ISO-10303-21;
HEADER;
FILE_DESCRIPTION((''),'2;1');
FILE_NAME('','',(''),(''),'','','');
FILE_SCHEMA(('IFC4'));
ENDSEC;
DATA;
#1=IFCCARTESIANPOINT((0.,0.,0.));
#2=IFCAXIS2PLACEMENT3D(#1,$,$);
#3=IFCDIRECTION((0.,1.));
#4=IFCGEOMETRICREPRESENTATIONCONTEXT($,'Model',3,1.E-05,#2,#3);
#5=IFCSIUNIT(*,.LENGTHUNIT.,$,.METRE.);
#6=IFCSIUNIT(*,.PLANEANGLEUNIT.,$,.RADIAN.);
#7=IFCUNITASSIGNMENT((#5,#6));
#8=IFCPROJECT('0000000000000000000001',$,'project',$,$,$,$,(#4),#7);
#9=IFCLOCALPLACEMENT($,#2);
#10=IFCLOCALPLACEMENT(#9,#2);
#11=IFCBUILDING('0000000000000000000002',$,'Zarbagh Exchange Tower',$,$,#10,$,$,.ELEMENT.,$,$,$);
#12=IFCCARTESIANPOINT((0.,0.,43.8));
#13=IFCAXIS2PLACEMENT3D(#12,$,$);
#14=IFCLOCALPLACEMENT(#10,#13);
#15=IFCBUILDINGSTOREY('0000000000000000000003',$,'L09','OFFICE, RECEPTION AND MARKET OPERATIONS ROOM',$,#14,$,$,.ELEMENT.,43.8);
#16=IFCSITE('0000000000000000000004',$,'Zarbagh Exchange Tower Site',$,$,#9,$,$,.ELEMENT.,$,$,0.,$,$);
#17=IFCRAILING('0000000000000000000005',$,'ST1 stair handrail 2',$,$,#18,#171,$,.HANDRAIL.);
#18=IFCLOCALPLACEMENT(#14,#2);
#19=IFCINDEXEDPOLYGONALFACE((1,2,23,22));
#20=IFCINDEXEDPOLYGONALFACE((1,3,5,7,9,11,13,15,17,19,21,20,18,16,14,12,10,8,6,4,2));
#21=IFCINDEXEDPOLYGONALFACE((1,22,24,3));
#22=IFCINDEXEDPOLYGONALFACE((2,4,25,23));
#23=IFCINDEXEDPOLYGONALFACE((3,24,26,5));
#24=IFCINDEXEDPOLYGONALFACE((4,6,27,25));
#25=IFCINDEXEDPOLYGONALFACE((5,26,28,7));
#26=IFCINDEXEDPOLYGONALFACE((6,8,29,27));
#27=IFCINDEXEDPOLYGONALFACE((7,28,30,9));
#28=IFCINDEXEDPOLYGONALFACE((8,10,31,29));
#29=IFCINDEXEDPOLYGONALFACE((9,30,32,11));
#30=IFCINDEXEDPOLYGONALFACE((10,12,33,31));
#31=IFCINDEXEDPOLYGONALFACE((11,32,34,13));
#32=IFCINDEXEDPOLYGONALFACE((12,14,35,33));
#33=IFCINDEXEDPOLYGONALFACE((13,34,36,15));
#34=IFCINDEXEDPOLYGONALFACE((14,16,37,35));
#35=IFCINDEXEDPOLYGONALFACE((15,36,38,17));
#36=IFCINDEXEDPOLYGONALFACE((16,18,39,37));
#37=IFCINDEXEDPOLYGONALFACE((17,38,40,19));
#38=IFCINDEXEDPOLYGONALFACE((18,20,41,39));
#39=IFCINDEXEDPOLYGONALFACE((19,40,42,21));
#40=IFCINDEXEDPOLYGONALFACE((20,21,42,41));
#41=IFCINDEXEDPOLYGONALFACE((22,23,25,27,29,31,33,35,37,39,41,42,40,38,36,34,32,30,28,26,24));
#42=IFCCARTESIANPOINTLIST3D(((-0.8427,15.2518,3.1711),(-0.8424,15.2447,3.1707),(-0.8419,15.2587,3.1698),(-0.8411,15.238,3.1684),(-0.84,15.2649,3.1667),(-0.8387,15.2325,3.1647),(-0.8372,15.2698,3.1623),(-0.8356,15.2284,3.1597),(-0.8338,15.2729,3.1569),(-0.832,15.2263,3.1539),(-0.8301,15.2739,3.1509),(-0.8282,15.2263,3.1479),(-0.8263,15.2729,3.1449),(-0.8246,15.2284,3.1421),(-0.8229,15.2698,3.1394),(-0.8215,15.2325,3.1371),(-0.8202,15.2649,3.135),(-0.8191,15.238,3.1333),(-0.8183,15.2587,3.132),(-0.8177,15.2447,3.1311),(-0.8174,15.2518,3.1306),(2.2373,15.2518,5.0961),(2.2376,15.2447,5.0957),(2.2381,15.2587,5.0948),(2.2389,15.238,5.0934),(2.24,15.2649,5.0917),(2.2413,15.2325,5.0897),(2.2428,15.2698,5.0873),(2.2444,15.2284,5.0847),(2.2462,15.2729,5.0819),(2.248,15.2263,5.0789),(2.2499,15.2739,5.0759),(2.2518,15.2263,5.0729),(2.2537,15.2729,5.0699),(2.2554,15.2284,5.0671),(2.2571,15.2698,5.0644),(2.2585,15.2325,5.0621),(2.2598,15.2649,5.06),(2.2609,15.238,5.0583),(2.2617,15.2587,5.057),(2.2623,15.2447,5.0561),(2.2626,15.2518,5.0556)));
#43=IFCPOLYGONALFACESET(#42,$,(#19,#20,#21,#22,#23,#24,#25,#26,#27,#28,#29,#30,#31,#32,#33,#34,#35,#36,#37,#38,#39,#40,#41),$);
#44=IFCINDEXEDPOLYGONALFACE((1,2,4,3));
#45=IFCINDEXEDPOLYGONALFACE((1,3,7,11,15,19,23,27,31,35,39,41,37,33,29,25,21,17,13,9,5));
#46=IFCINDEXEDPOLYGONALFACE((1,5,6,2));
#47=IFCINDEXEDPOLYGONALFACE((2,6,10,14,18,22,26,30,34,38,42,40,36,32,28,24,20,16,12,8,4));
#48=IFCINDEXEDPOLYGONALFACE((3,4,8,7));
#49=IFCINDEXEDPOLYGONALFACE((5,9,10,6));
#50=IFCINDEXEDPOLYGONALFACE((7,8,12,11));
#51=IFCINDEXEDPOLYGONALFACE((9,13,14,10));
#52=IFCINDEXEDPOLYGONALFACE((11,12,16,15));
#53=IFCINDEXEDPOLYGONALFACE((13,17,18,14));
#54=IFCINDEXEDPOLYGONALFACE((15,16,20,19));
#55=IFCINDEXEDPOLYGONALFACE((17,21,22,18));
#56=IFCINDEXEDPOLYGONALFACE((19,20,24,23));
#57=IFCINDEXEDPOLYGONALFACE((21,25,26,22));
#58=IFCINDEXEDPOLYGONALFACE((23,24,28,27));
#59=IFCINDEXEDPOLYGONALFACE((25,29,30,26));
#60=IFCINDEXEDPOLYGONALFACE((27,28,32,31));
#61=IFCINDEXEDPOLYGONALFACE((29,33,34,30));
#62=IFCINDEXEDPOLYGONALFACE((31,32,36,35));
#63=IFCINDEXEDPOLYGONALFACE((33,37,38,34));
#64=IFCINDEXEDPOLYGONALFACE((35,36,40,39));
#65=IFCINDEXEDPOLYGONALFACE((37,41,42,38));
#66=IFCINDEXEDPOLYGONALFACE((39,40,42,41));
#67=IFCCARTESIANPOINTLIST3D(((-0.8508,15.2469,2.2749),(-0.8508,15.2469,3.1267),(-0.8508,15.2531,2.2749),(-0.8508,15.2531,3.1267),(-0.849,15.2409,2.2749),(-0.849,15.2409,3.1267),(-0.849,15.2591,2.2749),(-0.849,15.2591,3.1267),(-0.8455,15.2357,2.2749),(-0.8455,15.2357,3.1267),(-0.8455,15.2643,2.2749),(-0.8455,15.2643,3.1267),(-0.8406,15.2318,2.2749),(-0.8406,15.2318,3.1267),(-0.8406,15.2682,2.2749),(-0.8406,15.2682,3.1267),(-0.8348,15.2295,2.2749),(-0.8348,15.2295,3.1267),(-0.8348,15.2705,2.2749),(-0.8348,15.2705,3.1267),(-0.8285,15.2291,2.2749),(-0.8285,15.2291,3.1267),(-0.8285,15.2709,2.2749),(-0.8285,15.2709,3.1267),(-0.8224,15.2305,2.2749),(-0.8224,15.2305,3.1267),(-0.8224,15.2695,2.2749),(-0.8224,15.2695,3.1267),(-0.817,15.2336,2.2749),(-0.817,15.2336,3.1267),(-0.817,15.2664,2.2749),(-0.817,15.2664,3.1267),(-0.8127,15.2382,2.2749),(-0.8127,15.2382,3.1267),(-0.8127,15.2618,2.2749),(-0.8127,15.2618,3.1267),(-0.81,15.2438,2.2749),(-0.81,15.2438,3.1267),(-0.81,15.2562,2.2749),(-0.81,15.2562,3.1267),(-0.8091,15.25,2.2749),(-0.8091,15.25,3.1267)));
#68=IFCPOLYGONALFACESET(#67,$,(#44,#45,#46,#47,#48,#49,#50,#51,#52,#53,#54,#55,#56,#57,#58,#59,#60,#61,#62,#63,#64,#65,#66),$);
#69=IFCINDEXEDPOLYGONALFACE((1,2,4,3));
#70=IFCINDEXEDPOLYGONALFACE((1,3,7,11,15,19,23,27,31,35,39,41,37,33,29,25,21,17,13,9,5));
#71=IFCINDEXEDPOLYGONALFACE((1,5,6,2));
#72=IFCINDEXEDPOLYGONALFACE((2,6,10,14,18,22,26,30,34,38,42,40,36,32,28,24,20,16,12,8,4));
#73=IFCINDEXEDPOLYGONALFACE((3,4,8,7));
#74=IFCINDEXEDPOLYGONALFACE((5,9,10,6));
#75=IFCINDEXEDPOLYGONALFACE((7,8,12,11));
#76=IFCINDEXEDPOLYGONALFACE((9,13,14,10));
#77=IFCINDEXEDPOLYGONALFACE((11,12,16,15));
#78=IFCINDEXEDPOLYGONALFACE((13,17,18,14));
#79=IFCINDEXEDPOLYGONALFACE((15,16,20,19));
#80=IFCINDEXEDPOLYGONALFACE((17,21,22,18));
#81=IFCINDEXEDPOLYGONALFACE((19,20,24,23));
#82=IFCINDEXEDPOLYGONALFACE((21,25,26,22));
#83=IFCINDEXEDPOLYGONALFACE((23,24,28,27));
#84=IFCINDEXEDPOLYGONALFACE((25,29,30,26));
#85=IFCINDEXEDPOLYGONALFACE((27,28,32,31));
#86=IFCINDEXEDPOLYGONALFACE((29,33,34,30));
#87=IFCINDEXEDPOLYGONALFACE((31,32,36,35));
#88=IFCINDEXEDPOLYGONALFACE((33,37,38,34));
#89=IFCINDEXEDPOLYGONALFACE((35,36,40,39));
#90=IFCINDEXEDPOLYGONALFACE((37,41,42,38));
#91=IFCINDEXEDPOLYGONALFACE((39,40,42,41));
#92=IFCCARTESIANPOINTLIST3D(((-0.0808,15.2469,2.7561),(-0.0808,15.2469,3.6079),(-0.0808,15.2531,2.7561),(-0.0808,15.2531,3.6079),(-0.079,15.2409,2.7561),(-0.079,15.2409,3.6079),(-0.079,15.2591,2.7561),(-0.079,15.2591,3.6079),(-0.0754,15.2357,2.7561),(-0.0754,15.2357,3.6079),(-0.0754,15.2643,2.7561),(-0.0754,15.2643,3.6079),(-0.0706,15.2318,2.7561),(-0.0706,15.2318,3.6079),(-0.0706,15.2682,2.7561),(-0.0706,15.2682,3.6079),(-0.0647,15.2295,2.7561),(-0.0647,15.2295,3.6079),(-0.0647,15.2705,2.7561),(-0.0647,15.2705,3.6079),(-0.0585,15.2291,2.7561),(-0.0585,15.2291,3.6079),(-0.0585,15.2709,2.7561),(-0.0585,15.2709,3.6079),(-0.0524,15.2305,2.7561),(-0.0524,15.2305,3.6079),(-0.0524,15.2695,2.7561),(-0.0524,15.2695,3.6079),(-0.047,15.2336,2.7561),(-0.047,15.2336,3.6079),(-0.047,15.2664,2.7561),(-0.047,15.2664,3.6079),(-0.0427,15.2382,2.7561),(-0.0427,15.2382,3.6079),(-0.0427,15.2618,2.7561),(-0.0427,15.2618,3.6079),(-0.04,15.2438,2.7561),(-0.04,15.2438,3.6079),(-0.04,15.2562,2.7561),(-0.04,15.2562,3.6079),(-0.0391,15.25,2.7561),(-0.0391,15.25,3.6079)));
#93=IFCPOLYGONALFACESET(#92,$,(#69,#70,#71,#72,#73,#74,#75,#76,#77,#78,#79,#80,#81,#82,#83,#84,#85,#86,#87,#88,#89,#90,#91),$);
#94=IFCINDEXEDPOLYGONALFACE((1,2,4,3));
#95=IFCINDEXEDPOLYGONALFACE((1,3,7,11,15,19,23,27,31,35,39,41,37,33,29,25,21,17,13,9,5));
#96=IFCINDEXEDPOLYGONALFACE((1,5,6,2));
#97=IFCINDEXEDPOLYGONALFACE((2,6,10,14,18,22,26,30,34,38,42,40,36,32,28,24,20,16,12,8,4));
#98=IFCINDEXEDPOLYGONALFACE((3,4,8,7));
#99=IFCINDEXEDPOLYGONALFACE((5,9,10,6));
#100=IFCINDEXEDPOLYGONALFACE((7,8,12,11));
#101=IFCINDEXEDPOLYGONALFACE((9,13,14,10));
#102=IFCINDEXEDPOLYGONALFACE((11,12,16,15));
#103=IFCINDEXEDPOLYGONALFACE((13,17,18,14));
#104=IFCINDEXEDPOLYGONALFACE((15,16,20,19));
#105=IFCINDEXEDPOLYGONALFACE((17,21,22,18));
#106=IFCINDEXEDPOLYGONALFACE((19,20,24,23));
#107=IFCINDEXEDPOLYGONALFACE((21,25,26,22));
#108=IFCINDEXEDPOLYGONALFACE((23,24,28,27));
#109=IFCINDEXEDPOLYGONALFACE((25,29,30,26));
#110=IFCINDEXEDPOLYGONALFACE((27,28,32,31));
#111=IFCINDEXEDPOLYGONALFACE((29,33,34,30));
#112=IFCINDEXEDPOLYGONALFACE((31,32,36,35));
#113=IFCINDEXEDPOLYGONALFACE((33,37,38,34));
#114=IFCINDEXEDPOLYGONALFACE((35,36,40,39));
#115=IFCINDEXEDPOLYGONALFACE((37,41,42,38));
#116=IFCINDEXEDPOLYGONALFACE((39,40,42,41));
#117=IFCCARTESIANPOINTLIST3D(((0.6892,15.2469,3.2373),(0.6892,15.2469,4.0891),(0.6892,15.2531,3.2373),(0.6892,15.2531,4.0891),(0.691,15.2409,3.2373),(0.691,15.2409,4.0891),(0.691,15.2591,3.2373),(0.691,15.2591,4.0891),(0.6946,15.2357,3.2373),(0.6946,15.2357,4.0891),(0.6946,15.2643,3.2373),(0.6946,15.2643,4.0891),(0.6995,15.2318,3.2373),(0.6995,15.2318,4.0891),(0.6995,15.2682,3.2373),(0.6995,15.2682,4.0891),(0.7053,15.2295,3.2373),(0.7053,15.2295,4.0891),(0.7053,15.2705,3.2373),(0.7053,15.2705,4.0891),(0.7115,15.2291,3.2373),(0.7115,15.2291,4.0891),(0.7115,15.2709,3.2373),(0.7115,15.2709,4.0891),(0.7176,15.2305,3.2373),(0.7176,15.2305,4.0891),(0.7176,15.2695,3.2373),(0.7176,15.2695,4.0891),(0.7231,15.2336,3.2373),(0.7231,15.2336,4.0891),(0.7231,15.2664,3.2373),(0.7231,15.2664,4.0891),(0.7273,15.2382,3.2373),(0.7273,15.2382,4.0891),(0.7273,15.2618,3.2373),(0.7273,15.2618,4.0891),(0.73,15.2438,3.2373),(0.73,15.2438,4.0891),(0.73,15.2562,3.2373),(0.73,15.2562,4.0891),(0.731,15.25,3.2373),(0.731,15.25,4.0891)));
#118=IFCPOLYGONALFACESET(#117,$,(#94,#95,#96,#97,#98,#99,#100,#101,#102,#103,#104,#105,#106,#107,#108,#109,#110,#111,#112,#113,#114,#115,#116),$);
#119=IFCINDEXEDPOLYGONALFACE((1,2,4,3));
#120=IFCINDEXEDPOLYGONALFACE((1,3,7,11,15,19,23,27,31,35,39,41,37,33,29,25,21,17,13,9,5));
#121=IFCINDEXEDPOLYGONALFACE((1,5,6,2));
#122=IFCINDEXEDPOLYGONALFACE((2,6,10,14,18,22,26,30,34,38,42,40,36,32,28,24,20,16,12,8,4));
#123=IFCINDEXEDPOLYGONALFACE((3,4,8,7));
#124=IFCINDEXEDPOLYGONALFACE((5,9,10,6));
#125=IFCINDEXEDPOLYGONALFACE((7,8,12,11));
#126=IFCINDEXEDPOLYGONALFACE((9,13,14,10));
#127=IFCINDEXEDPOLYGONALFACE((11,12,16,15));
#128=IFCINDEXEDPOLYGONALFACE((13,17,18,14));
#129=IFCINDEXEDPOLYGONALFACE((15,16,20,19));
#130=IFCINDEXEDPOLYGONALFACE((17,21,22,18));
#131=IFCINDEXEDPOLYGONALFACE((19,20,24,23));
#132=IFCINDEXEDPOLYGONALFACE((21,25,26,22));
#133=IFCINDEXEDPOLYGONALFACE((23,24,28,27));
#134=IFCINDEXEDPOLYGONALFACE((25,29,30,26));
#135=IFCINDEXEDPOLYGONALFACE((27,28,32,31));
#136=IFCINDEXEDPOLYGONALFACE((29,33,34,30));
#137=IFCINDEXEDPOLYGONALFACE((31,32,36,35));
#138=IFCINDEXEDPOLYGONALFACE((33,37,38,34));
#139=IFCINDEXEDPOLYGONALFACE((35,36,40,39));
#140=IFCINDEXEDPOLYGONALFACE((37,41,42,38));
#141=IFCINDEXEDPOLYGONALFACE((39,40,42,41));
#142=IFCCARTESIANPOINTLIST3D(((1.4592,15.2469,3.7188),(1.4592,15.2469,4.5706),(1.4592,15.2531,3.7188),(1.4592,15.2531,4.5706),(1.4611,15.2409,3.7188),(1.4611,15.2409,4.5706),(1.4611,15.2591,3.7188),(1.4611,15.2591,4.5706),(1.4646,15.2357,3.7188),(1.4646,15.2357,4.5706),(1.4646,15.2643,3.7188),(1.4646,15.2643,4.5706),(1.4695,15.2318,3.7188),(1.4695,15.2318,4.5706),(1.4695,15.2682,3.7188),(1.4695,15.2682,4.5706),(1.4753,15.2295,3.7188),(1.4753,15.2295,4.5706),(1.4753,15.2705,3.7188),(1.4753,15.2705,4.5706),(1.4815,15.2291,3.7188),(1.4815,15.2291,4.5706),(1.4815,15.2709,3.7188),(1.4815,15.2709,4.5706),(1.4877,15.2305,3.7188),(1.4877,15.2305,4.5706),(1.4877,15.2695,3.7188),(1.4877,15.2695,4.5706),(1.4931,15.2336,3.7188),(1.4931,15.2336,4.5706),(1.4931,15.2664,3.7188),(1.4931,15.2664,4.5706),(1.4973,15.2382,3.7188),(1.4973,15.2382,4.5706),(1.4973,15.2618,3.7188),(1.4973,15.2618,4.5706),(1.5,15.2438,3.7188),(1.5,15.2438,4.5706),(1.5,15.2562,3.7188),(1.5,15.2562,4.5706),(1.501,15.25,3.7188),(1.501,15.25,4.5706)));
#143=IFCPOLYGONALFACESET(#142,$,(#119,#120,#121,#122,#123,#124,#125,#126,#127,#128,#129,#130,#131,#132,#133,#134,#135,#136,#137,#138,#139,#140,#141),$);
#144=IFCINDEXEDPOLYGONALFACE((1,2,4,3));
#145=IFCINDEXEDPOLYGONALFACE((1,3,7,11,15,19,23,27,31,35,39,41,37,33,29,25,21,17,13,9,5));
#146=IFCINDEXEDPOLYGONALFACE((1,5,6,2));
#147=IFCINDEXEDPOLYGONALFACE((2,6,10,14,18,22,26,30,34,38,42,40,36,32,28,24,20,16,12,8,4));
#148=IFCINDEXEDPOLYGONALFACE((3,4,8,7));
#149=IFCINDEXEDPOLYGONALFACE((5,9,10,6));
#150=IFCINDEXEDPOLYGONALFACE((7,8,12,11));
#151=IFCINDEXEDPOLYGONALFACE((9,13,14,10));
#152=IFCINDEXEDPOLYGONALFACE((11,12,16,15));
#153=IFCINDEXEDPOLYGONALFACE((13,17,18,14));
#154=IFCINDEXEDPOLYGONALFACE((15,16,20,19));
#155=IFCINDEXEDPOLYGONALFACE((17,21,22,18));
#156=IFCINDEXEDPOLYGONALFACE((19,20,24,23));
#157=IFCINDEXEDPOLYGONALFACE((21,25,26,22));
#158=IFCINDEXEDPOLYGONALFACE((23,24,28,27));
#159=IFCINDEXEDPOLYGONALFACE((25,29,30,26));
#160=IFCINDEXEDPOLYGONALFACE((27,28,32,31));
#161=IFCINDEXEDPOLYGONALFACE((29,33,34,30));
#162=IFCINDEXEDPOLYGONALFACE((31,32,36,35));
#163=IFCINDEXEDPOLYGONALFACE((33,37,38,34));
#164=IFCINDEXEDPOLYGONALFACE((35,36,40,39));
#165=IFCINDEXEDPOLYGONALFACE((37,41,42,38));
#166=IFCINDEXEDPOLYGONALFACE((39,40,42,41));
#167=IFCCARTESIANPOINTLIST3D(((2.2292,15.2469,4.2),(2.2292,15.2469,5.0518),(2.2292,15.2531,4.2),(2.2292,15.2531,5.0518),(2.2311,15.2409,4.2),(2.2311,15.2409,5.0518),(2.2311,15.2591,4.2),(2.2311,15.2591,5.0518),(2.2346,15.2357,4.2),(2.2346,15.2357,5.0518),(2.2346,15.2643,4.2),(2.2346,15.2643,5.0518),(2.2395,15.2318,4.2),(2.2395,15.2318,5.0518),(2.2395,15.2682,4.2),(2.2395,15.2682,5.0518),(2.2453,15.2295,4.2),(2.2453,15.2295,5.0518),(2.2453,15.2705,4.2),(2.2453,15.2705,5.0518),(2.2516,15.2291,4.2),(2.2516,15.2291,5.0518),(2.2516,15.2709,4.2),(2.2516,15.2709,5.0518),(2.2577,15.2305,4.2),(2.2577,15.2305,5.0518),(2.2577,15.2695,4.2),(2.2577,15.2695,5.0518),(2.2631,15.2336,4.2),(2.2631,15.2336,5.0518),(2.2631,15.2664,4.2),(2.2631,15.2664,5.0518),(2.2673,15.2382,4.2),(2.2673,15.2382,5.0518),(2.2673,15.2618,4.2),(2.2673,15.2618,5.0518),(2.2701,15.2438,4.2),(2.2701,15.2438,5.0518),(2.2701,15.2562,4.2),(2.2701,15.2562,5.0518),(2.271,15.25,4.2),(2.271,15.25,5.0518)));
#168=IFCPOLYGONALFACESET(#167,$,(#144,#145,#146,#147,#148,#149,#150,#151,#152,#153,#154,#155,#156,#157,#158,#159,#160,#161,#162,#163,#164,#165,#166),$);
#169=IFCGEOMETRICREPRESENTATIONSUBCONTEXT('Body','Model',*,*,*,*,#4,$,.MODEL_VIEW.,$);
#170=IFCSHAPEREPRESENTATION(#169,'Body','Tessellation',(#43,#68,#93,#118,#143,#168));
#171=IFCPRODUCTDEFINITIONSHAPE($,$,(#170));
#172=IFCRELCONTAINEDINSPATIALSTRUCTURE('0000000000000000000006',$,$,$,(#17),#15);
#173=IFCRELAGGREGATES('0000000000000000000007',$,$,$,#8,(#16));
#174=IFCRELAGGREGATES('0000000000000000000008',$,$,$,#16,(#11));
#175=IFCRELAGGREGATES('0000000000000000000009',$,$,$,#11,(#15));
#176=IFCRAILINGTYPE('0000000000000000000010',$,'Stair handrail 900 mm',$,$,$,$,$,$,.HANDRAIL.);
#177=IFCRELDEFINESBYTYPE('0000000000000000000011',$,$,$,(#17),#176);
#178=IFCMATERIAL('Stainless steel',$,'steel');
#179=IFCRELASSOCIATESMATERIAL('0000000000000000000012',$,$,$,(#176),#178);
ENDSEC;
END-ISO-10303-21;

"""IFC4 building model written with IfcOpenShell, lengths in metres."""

from ifc_helpers import new_model, si_unit, direction, frame, origin, origin_2d, place, context, subcontext, project, spatial, circle, extrude, material, type_object, element, save


model = new_model("IFC4")

# Units and contexts
model_context = context("Model", 3, precision=1e-05, world=origin(), true_north=direction((0.0, 1.0)))
body_context = subcontext(model_context, "Body", "Model", "MODEL_VIEW")
ifc_project = project(units=[si_unit("LENGTHUNIT", "METRE"), si_unit("PLANEANGLEUNIT", "RADIAN")], contexts=[model_context])

# Site, building, storey
site_placement = place(None, origin())
site = spatial("IfcSite", under=ifc_project, at=site_placement, Name="Zarbagh Exchange Tower Site", CompositionType="ELEMENT", RefElevation=0.0)
building_placement = place(site_placement, origin())
building = spatial("IfcBuilding", under=site, at=building_placement, Name="Zarbagh Exchange Tower", CompositionType="ELEMENT")
storey_placement = place(building_placement, frame((0.0, 0.0, 43.8)))
storey = spatial("IfcBuildingStorey", under=building, at=storey_placement, Name="L09", Description="OFFICE, RECEPTION AND MARKET OPERATIONS ROOM", CompositionType="ELEMENT", Elevation=43.8)

# Shared definitions
ifc_material_1 = material(Name="Stainless steel", Category="steel")

# Railing
railing_type_1 = type_object("IfcRailingType", Name="Stair handrail 900 mm", PredefinedType="HANDRAIL", material=ifc_material_1)
railing_1_placement = place(storey_placement, frame((-0.8301, 15.25, 2.2749)))
element("IfcRailing", 1, at=railing_1_placement, inside=storey, type_object=railing_type_1, Name="ST1 stair handrail 2", PredefinedType="HANDRAIL", context=body_context, shape_type="SweptSolid", body=[
    extrude(circle(Radius=0.0239, at=origin_2d()), frame((0.0, 0.0, 0.876), z_axis=(0.847998, 0.0, 0.529999), x_axis=(0.0, 1.0, 0.0)), (0.0, 0.0, 1.0), 3.6321),
    extrude(circle(Radius=0.021, at=origin_2d()), origin(), (0.0, 0.0, 1.0), 0.8518),
    extrude(circle(Radius=0.021, at=origin_2d()), frame((0.77, 0.0, 0.4812)), (0.0, 0.0, 1.0), 0.8518),
    extrude(circle(Radius=0.021, at=origin_2d()), frame((1.54, 0.0, 0.9624)), (0.0, 0.0, 1.0), 0.8518),
    extrude(circle(Radius=0.021, at=origin_2d()), frame((2.3101, 0.0, 1.4438)), (0.0, 0.0, 1.0), 0.8518),
    extrude(circle(Radius=0.021, at=origin_2d()), frame((3.0801, 0.0, 1.925)), (0.0, 0.0, 1.0), 0.8518),
])

save(model, "model.ifc")
